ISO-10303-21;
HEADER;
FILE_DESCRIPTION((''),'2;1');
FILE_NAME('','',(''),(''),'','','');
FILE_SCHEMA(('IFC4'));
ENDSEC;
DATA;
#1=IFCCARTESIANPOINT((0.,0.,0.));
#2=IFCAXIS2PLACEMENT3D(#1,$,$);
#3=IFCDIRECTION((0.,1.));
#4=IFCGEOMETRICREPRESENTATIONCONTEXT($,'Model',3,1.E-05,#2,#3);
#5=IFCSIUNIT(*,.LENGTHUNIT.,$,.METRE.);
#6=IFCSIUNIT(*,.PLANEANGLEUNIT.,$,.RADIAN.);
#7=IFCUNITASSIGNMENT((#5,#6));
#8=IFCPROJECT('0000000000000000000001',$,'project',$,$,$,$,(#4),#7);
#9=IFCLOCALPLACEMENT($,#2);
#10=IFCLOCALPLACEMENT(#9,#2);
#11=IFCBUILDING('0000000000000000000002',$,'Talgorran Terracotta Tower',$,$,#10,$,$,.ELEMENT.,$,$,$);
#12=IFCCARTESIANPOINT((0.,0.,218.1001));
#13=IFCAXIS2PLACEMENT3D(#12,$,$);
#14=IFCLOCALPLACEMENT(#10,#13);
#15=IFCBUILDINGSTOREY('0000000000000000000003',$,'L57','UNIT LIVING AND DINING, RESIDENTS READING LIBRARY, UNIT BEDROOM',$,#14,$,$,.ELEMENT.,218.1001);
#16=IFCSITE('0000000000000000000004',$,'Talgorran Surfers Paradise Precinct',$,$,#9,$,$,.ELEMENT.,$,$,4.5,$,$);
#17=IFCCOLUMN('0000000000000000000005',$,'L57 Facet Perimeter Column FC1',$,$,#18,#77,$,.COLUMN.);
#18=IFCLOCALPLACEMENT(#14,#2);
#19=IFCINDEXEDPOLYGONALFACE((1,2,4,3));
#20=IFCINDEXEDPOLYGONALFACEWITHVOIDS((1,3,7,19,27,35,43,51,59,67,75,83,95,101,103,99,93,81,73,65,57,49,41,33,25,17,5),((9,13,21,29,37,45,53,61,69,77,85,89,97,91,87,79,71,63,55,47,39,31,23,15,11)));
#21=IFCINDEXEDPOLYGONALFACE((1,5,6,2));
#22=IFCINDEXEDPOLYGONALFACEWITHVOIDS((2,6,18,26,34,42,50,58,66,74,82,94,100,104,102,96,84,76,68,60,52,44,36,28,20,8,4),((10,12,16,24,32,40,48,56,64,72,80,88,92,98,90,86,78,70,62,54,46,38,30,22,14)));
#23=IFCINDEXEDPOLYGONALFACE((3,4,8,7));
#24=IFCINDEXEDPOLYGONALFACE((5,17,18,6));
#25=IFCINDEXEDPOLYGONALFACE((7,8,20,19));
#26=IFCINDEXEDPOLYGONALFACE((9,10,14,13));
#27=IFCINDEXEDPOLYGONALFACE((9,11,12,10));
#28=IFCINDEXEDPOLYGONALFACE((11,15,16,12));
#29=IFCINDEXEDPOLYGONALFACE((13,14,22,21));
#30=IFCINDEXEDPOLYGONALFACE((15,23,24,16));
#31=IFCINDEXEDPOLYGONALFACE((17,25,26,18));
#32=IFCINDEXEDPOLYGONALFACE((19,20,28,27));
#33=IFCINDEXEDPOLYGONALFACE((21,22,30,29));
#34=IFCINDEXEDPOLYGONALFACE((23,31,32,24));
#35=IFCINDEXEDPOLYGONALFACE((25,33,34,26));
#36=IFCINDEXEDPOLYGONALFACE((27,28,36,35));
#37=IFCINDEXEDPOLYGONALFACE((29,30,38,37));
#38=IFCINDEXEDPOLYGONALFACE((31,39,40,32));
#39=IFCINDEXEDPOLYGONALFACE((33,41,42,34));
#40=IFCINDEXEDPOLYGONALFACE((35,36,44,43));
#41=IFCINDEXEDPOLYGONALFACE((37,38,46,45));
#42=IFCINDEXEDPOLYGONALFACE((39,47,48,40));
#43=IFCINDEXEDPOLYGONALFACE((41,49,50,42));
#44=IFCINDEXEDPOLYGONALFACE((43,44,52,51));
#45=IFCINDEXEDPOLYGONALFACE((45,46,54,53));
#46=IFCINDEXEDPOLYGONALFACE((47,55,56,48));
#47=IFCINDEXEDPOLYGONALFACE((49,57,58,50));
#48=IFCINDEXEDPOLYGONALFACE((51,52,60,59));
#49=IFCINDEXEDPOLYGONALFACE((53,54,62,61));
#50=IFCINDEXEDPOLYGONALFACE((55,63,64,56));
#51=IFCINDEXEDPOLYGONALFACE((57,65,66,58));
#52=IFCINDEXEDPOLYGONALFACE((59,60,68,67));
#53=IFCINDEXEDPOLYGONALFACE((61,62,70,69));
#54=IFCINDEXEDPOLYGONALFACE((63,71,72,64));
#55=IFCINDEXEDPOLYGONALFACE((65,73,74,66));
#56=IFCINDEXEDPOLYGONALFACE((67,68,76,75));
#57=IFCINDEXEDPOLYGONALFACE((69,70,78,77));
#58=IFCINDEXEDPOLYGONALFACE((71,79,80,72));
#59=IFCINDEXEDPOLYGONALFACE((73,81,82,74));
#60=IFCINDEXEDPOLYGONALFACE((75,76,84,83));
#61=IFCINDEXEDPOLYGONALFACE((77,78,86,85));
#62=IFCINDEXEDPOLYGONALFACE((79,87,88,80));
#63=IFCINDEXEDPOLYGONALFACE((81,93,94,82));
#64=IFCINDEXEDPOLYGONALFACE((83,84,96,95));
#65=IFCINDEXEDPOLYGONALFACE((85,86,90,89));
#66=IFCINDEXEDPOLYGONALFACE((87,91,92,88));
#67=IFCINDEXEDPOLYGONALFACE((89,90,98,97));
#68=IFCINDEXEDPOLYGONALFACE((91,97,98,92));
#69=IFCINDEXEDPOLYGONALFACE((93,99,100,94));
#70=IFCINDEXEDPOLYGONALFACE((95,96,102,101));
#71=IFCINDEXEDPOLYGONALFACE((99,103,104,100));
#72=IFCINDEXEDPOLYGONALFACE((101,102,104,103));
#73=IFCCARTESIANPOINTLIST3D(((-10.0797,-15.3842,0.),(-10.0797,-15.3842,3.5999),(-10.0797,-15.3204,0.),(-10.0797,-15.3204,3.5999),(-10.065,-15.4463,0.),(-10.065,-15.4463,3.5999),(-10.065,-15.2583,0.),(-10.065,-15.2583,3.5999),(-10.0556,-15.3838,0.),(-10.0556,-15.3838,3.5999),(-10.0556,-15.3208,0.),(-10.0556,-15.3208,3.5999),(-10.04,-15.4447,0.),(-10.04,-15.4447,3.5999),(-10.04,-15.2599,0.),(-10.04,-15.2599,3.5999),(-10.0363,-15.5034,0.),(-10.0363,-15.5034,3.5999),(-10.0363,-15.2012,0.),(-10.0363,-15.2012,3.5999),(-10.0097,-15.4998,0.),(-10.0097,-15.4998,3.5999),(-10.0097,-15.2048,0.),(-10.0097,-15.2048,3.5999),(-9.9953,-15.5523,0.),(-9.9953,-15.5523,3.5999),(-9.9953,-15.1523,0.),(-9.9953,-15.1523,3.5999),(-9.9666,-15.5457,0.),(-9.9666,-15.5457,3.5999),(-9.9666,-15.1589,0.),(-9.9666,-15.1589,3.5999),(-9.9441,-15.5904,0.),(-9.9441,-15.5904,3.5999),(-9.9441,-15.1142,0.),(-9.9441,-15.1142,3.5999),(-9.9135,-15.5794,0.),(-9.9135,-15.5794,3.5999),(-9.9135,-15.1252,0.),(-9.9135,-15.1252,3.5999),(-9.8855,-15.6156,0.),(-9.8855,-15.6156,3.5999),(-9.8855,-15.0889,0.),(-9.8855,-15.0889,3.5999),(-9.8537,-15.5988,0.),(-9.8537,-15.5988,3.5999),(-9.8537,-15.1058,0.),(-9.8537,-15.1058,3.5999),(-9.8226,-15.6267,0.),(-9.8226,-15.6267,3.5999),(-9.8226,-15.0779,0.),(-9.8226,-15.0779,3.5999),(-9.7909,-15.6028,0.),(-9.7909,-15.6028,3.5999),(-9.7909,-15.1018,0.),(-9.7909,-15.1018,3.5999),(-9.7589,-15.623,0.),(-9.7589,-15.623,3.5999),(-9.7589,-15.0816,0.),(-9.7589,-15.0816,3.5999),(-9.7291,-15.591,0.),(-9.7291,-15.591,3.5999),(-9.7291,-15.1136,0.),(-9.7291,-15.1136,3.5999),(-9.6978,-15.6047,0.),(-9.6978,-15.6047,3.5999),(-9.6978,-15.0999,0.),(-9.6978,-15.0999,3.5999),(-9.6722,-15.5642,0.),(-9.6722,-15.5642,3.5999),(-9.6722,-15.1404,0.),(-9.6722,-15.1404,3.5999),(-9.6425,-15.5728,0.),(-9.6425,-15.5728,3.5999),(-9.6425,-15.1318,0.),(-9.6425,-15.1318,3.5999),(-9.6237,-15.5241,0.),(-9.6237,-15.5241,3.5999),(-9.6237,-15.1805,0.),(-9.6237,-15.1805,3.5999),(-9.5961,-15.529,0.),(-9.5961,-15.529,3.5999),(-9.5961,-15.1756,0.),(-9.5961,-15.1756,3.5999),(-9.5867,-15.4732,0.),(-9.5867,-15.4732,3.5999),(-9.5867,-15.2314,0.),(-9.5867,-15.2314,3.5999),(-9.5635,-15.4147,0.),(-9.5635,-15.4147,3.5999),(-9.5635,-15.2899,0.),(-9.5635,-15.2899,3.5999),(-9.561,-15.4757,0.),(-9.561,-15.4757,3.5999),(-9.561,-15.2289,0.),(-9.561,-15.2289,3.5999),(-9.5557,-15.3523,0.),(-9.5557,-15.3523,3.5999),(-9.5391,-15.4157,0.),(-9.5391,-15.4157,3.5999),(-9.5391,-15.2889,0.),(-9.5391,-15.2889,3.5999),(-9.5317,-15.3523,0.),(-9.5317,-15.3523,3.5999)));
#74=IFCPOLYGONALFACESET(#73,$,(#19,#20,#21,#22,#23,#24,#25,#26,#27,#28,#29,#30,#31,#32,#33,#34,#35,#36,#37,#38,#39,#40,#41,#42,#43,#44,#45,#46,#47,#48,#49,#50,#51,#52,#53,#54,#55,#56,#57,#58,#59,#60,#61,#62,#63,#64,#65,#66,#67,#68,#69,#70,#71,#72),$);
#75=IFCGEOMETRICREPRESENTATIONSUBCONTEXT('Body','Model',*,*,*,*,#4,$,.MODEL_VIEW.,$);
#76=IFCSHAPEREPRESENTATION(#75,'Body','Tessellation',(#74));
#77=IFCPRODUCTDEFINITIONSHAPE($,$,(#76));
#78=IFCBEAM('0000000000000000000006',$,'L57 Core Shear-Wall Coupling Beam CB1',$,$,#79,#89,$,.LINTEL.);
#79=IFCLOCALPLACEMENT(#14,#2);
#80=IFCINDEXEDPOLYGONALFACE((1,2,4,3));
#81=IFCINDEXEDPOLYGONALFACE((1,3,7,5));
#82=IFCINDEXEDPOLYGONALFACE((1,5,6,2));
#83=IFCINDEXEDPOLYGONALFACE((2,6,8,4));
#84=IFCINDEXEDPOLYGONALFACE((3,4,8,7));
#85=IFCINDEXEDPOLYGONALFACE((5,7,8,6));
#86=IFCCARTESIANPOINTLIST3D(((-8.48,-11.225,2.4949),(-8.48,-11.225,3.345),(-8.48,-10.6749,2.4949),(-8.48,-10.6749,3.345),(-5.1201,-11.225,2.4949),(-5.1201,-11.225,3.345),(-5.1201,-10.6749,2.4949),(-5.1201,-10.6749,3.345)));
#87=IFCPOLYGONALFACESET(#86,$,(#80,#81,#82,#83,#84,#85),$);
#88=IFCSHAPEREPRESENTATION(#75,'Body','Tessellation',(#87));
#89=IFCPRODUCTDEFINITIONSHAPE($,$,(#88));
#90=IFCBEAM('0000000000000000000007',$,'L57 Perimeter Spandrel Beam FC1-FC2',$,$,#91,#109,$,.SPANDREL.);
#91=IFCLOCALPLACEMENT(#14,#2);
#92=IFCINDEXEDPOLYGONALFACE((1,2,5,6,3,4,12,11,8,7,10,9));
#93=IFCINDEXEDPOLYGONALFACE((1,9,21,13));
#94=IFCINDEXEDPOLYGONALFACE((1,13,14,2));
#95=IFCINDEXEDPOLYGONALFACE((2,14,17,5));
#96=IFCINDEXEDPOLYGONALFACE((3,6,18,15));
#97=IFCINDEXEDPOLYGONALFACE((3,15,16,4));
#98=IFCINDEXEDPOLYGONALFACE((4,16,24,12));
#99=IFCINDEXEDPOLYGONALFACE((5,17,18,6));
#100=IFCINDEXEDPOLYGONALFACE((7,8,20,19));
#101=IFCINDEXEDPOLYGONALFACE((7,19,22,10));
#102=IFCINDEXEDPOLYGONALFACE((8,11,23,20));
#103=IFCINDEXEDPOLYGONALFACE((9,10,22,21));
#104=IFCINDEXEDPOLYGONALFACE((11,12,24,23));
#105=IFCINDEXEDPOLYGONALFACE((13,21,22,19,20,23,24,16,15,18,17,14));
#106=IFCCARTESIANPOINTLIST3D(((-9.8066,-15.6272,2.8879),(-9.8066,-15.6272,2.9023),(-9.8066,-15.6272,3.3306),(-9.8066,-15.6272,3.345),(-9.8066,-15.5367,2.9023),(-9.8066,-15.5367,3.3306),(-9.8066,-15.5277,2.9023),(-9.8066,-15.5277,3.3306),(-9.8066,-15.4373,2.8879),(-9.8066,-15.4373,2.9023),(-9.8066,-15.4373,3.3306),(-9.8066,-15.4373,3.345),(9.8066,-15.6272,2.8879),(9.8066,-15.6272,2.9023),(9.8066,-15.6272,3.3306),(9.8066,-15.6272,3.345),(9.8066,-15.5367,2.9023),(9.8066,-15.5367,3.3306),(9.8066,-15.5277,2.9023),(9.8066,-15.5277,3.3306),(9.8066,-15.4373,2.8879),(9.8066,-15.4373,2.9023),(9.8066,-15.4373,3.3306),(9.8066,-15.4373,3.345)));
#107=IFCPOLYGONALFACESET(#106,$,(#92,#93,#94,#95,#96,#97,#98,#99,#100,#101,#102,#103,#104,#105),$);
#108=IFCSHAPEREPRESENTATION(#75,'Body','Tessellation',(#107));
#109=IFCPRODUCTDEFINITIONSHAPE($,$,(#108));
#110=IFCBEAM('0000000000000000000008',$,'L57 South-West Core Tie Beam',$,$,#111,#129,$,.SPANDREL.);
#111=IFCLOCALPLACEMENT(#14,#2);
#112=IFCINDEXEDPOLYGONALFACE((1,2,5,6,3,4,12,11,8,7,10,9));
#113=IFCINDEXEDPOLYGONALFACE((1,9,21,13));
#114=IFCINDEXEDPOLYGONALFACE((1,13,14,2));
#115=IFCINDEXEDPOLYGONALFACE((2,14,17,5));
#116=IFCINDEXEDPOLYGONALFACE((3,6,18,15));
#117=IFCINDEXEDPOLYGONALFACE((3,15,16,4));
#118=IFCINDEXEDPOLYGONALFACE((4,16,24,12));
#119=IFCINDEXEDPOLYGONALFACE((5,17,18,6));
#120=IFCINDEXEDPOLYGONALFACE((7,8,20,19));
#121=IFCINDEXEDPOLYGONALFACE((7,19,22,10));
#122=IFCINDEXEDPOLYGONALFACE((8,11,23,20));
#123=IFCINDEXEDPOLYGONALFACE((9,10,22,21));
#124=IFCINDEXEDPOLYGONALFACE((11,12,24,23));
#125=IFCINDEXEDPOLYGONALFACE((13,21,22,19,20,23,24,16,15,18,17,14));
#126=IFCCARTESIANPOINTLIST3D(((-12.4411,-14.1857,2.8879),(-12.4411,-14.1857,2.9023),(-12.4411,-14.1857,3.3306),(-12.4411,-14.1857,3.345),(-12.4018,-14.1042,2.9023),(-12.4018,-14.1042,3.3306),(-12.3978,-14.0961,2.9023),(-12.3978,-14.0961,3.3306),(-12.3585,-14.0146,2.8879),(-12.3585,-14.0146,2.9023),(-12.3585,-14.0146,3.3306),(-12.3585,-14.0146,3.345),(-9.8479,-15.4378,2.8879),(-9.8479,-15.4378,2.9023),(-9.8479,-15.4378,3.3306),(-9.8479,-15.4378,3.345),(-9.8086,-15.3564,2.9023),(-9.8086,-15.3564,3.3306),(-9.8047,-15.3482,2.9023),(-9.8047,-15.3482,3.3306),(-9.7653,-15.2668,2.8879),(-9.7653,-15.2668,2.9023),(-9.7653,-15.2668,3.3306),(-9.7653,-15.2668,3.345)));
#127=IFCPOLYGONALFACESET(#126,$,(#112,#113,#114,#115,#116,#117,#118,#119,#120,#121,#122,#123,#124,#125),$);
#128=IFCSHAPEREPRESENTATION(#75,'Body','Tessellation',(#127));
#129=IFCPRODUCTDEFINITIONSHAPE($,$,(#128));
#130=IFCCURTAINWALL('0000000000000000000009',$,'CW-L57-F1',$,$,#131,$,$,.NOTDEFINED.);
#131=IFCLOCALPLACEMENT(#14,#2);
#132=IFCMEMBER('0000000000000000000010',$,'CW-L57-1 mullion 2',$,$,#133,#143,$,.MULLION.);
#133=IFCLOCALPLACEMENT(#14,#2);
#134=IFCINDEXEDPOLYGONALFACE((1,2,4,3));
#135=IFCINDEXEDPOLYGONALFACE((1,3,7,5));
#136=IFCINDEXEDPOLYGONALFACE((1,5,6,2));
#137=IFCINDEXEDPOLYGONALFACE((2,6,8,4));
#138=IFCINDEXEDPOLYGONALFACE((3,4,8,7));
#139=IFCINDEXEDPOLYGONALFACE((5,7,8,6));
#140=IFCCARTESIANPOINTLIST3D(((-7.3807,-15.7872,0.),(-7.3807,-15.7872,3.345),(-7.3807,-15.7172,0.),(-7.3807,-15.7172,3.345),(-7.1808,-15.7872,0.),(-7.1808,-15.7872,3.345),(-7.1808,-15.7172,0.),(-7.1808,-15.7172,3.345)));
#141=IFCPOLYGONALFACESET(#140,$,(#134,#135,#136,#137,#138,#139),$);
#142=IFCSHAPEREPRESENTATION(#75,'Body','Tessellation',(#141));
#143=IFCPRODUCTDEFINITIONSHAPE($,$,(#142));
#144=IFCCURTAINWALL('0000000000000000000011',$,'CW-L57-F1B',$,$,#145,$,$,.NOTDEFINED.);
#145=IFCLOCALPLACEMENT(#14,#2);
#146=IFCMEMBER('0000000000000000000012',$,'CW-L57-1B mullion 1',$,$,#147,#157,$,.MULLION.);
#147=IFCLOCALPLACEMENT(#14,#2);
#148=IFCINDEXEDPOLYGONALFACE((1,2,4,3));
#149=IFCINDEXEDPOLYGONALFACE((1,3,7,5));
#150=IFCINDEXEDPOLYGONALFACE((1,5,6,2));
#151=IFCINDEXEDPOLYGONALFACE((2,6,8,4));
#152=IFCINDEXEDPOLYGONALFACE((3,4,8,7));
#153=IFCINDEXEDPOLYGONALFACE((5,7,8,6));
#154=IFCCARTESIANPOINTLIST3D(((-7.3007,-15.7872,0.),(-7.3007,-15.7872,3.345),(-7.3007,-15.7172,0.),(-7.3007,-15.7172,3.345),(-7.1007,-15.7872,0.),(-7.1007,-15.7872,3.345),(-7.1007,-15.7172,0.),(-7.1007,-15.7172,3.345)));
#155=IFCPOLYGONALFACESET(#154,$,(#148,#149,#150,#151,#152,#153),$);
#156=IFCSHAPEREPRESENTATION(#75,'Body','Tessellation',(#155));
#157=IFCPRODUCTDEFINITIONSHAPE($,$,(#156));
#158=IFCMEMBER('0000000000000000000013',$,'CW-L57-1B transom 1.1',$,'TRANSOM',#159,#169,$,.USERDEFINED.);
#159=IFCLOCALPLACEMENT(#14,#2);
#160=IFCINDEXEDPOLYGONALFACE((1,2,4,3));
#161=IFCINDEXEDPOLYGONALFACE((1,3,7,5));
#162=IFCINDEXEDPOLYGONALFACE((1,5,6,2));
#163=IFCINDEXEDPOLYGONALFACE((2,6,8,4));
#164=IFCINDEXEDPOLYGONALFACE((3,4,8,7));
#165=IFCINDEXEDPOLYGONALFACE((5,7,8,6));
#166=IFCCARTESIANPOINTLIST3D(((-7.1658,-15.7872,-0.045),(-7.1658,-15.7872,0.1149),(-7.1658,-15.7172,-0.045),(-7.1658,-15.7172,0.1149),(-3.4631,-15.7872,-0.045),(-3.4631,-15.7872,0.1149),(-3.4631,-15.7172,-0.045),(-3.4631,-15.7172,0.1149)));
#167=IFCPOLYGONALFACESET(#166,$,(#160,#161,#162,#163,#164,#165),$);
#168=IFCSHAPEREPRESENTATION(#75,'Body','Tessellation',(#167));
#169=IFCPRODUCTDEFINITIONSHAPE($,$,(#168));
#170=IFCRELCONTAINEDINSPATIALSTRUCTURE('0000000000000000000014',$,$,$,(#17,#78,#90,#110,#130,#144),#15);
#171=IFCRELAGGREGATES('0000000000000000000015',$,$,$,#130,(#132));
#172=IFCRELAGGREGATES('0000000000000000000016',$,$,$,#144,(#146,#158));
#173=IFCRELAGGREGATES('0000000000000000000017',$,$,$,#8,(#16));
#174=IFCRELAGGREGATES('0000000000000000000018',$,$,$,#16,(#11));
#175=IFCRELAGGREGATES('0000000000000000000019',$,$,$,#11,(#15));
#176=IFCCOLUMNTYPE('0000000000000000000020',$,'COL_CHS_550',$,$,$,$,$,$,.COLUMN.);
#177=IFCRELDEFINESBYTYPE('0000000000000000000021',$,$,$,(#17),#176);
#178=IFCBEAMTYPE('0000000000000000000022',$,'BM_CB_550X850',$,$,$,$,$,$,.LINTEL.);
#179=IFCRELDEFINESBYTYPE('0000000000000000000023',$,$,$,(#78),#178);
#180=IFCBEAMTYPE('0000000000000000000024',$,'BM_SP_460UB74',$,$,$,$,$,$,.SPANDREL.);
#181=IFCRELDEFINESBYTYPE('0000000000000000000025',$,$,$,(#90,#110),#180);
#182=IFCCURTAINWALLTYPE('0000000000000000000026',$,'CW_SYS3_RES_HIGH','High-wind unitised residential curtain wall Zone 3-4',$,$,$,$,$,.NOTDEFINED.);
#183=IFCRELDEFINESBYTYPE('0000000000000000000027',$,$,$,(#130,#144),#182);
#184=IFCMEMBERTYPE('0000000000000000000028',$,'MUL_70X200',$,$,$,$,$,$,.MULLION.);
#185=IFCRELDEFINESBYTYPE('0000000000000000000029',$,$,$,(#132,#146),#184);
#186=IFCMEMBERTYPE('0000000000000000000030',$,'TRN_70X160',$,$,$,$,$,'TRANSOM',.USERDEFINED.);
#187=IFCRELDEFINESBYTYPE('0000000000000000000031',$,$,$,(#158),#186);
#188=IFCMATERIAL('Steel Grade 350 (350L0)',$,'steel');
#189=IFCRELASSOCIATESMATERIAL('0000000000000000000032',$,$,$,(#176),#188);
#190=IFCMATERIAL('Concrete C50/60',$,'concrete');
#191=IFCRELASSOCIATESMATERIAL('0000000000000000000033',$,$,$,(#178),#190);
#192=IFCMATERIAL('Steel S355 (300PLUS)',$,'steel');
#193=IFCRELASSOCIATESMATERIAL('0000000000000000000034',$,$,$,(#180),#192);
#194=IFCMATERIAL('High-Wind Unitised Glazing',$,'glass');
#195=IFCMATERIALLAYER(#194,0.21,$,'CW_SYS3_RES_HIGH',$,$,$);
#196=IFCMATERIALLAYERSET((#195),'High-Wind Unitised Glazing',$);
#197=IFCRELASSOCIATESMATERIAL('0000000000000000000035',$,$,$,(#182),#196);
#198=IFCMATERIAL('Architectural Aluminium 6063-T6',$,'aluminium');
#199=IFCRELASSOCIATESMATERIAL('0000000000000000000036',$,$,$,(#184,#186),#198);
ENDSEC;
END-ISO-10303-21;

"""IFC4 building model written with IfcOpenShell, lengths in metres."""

from ifc_helpers import new_model, si_unit, direction, frame, origin, origin_2d, place, context, subcontext, project, spatial, rectangle, hollow_circle, i_section, extrude, material, layer, layer_set, material_profile, profile_set, type_object, element, aggregate, save


model = new_model("IFC4")

# Units and contexts
model_context = context("Model", 3, precision=1e-05, world=origin(), true_north=direction((0.0, 1.0)))
body_context = subcontext(model_context, "Body", "Model", "MODEL_VIEW")
ifc_project = project(units=[si_unit("LENGTHUNIT", "METRE"), si_unit("PLANEANGLEUNIT", "RADIAN")], contexts=[model_context])

# Site, building, storey
site_placement = place(None, origin())
site = spatial("IfcSite", under=ifc_project, at=site_placement, Name="Talgorran Surfers Paradise Precinct", CompositionType="ELEMENT", RefElevation=4.5)
building_placement = place(site_placement, origin())
building = spatial("IfcBuilding", under=site, at=building_placement, Name="Talgorran Terracotta Tower", CompositionType="ELEMENT")
storey_placement = place(building_placement, frame((0.0, 0.0, 218.1001)))
storey = spatial("IfcBuildingStorey", under=building, at=storey_placement, Name="L57", Description="UNIT LIVING AND DINING, RESIDENTS READING LIBRARY, UNIT BEDROOM", CompositionType="ELEMENT", Elevation=218.1001)

# Column
ifc_material_1 = material(Name="Steel Grade 350 (350L0)", Category="steel")
ifc_material_profile_1 = material_profile(ifc_material_1, hollow_circle(Radius=0.2749, WallThickness=0.0239, at=origin_2d()), Name="CHS550X24")
ifc_profile_set_1 = profile_set([ifc_material_profile_1], Name="Steel Grade 350 (350L0)")
column_type = type_object("IfcColumnType", Name="COL_CHS_550", PredefinedType="COLUMN", material=ifc_profile_set_1)
column_placement = place(storey_placement, frame((-9.8066, -15.3523, 0.0), z_axis=(0.0, 0.0, 1.0), x_axis=(1.0, 0.0, 0.0)))
element("IfcColumn", 1, at=column_placement, inside=storey, type_object=column_type, Name="L57 Facet Perimeter Column FC1", PredefinedType="COLUMN", context=body_context, shape_type="SweptSolid", body=[
    extrude(hollow_circle(Radius=0.2749, WallThickness=0.0239, at=origin_2d()), origin(), (0.0, 0.0, 1.0), 3.5999),
])

# Beams
ifc_material_2 = material(Name="Concrete C50/60", Category="concrete")
ifc_material_profile_2 = material_profile(ifc_material_2, rectangle(XDim=0.55, YDim=0.8501, at=origin_2d()), Name="RCCB550X850")
ifc_profile_set_2 = profile_set([ifc_material_profile_2], Name="Concrete C50/60")
beam_type_1 = type_object("IfcBeamType", Name="BM_CB_550X850", PredefinedType="LINTEL", material=ifc_profile_set_2)
beam_1_placement = place(storey_placement, frame((-8.48, -10.95, 2.9199), z_axis=(1.0, 0.0, 0.0), x_axis=(0.0, 1.0, 0.0)))
element("IfcBeam", 2, at=beam_1_placement, inside=storey, type_object=beam_type_1, Name="L57 Core Shear-Wall Coupling Beam CB1", PredefinedType="LINTEL", context=body_context, shape_type="SweptSolid", body=[
    extrude(rectangle(XDim=0.55, YDim=0.8501, at=origin_2d()), origin(), (0.0, 0.0, 1.0), 3.3599),
])
ifc_material_3 = material(Name="Steel S355 (300PLUS)", Category="steel")
ifc_material_profile_3 = material_profile(ifc_material_3, i_section(OverallWidth=0.1899, OverallDepth=0.457, WebThickness=0.009, FlangeThickness=0.0144, at=origin_2d()), Name="460UB74.6")
ifc_profile_set_3 = profile_set([ifc_material_profile_3], Name="Steel S355 (300PLUS)")
beam_type_2 = type_object("IfcBeamType", Name="BM_SP_460UB74", PredefinedType="SPANDREL", material=ifc_profile_set_3)
beam_2_placement = place(storey_placement, frame((-9.8066, -15.5322, 3.1165), z_axis=(1.0, 0.0, 0.0), x_axis=(0.0, 1.0, 0.0)))
element("IfcBeam", 3, at=beam_2_placement, inside=storey, type_object=beam_type_2, Name="L57 Perimeter Spandrel Beam FC1-FC2", PredefinedType="SPANDREL", context=body_context, shape_type="SweptSolid", body=[
    extrude(i_section(OverallWidth=0.1899, OverallDepth=0.457, WebThickness=0.009, FlangeThickness=0.0144, at=origin_2d()), origin(), (0.0, 0.0, 1.0), 19.6133),
])
beam_3_placement = place(storey_placement, frame((-9.8066, -15.3523, 3.1165), z_axis=(-0.900514, 0.434827, 0.0), x_axis=(-0.434827, -0.900514, 0.0)))
element("IfcBeam", 4, at=beam_3_placement, inside=storey, type_object=beam_type_2, Name="L57 South-West Core Tie Beam", PredefinedType="SPANDREL", context=body_context, shape_type="SweptSolid", body=[
    extrude(i_section(OverallWidth=0.1899, OverallDepth=0.457, WebThickness=0.009, FlangeThickness=0.0144, at=origin_2d()), origin(), (0.0, 0.0, 1.0), 2.8796),
])

# Curtain wall, member
ifc_material_4 = material(Name="High-Wind Unitised Glazing", Category="glass")
ifc_layer_1 = layer(ifc_material_4, 0.21, Name="CW_SYS3_RES_HIGH")
ifc_layer_set_1 = layer_set([ifc_layer_1], Name="High-Wind Unitised Glazing")
curtain_wall_type = type_object("IfcCurtainWallType", Name="CW_SYS3_RES_HIGH", Description="High-wind unitised residential curtain wall Zone 3-4", PredefinedType="NOTDEFINED", material=ifc_layer_set_1)
curtain_wall_1_placement = place(storey_placement, origin())
curtain_wall_1 = element("IfcCurtainWall", 5, at=curtain_wall_1_placement, inside=storey, type_object=curtain_wall_type, Name="CW-L57-F1", PredefinedType="NOTDEFINED")
ifc_material_5 = material(Name="Architectural Aluminium 6063-T6", Category="aluminium")
ifc_material_profile_4 = material_profile(ifc_material_5, rectangle(XDim=0.0701, YDim=0.2, at=origin_2d()), Name="CWM70X200")
ifc_profile_set_4 = profile_set([ifc_material_profile_4], Name="Architectural Aluminium 6063-T6")
member_type_1 = type_object("IfcMemberType", Name="MUL_70X200", PredefinedType="MULLION", material=ifc_profile_set_4)
member_1_placement = place(storey_placement, frame((-7.2808, -15.7522, 0.0), z_axis=(0.0, 0.0, 1.0), x_axis=(0.0, 1.0, 0.0)))
member_1 = element("IfcMember", 6, at=member_1_placement, type_object=member_type_1, Name="CW-L57-1 mullion 2", PredefinedType="MULLION", context=body_context, shape_type="SweptSolid", body=[
    extrude(rectangle(XDim=0.0701, YDim=0.2, at=origin_2d()), origin(), (0.0, 0.0, 1.0), 3.345),
])
aggregate(curtain_wall_1, [member_1])

# Curtain wall, members
curtain_wall_2_placement = place(storey_placement, origin())
curtain_wall_2 = element("IfcCurtainWall", 7, at=curtain_wall_2_placement, inside=storey, type_object=curtain_wall_type, Name="CW-L57-F1B", PredefinedType="NOTDEFINED")
member_2_placement = place(storey_placement, frame((-7.2007, -15.7522, 0.0), z_axis=(0.0, 0.0, 1.0), x_axis=(0.0, 1.0, 0.0)))
member_2 = element("IfcMember", 8, at=member_2_placement, type_object=member_type_1, Name="CW-L57-1B mullion 1", PredefinedType="MULLION", context=body_context, shape_type="SweptSolid", body=[
    extrude(rectangle(XDim=0.0701, YDim=0.2, at=origin_2d()), origin(), (0.0, 0.0, 1.0), 3.345),
])
ifc_material_profile_5 = material_profile(ifc_material_5, rectangle(XDim=0.0701, YDim=0.1599, at=origin_2d()), Name="CWT70X160")
ifc_profile_set_5 = profile_set([ifc_material_profile_5], Name="Architectural Aluminium 6063-T6")
member_type_2 = type_object("IfcMemberType", Name="TRN_70X160", ElementType="TRANSOM", PredefinedType="USERDEFINED", material=ifc_profile_set_5)
member_3_placement = place(storey_placement, frame((-7.1658, -15.7522, 0.0349), z_axis=(1.0, 0.0, 0.0), x_axis=(0.0, 1.0, 0.0)))
member_3 = element("IfcMember", 9, at=member_3_placement, type_object=member_type_2, Name="CW-L57-1B transom 1.1", ObjectType="TRANSOM", PredefinedType="USERDEFINED", context=body_context, shape_type="SweptSolid", body=[
    extrude(rectangle(XDim=0.0701, YDim=0.1599, at=origin_2d()), origin(), (0.0, 0.0, 1.0), 3.7026),
])
aggregate(curtain_wall_2, [member_2, member_3])

save(model, "model.ifc")
